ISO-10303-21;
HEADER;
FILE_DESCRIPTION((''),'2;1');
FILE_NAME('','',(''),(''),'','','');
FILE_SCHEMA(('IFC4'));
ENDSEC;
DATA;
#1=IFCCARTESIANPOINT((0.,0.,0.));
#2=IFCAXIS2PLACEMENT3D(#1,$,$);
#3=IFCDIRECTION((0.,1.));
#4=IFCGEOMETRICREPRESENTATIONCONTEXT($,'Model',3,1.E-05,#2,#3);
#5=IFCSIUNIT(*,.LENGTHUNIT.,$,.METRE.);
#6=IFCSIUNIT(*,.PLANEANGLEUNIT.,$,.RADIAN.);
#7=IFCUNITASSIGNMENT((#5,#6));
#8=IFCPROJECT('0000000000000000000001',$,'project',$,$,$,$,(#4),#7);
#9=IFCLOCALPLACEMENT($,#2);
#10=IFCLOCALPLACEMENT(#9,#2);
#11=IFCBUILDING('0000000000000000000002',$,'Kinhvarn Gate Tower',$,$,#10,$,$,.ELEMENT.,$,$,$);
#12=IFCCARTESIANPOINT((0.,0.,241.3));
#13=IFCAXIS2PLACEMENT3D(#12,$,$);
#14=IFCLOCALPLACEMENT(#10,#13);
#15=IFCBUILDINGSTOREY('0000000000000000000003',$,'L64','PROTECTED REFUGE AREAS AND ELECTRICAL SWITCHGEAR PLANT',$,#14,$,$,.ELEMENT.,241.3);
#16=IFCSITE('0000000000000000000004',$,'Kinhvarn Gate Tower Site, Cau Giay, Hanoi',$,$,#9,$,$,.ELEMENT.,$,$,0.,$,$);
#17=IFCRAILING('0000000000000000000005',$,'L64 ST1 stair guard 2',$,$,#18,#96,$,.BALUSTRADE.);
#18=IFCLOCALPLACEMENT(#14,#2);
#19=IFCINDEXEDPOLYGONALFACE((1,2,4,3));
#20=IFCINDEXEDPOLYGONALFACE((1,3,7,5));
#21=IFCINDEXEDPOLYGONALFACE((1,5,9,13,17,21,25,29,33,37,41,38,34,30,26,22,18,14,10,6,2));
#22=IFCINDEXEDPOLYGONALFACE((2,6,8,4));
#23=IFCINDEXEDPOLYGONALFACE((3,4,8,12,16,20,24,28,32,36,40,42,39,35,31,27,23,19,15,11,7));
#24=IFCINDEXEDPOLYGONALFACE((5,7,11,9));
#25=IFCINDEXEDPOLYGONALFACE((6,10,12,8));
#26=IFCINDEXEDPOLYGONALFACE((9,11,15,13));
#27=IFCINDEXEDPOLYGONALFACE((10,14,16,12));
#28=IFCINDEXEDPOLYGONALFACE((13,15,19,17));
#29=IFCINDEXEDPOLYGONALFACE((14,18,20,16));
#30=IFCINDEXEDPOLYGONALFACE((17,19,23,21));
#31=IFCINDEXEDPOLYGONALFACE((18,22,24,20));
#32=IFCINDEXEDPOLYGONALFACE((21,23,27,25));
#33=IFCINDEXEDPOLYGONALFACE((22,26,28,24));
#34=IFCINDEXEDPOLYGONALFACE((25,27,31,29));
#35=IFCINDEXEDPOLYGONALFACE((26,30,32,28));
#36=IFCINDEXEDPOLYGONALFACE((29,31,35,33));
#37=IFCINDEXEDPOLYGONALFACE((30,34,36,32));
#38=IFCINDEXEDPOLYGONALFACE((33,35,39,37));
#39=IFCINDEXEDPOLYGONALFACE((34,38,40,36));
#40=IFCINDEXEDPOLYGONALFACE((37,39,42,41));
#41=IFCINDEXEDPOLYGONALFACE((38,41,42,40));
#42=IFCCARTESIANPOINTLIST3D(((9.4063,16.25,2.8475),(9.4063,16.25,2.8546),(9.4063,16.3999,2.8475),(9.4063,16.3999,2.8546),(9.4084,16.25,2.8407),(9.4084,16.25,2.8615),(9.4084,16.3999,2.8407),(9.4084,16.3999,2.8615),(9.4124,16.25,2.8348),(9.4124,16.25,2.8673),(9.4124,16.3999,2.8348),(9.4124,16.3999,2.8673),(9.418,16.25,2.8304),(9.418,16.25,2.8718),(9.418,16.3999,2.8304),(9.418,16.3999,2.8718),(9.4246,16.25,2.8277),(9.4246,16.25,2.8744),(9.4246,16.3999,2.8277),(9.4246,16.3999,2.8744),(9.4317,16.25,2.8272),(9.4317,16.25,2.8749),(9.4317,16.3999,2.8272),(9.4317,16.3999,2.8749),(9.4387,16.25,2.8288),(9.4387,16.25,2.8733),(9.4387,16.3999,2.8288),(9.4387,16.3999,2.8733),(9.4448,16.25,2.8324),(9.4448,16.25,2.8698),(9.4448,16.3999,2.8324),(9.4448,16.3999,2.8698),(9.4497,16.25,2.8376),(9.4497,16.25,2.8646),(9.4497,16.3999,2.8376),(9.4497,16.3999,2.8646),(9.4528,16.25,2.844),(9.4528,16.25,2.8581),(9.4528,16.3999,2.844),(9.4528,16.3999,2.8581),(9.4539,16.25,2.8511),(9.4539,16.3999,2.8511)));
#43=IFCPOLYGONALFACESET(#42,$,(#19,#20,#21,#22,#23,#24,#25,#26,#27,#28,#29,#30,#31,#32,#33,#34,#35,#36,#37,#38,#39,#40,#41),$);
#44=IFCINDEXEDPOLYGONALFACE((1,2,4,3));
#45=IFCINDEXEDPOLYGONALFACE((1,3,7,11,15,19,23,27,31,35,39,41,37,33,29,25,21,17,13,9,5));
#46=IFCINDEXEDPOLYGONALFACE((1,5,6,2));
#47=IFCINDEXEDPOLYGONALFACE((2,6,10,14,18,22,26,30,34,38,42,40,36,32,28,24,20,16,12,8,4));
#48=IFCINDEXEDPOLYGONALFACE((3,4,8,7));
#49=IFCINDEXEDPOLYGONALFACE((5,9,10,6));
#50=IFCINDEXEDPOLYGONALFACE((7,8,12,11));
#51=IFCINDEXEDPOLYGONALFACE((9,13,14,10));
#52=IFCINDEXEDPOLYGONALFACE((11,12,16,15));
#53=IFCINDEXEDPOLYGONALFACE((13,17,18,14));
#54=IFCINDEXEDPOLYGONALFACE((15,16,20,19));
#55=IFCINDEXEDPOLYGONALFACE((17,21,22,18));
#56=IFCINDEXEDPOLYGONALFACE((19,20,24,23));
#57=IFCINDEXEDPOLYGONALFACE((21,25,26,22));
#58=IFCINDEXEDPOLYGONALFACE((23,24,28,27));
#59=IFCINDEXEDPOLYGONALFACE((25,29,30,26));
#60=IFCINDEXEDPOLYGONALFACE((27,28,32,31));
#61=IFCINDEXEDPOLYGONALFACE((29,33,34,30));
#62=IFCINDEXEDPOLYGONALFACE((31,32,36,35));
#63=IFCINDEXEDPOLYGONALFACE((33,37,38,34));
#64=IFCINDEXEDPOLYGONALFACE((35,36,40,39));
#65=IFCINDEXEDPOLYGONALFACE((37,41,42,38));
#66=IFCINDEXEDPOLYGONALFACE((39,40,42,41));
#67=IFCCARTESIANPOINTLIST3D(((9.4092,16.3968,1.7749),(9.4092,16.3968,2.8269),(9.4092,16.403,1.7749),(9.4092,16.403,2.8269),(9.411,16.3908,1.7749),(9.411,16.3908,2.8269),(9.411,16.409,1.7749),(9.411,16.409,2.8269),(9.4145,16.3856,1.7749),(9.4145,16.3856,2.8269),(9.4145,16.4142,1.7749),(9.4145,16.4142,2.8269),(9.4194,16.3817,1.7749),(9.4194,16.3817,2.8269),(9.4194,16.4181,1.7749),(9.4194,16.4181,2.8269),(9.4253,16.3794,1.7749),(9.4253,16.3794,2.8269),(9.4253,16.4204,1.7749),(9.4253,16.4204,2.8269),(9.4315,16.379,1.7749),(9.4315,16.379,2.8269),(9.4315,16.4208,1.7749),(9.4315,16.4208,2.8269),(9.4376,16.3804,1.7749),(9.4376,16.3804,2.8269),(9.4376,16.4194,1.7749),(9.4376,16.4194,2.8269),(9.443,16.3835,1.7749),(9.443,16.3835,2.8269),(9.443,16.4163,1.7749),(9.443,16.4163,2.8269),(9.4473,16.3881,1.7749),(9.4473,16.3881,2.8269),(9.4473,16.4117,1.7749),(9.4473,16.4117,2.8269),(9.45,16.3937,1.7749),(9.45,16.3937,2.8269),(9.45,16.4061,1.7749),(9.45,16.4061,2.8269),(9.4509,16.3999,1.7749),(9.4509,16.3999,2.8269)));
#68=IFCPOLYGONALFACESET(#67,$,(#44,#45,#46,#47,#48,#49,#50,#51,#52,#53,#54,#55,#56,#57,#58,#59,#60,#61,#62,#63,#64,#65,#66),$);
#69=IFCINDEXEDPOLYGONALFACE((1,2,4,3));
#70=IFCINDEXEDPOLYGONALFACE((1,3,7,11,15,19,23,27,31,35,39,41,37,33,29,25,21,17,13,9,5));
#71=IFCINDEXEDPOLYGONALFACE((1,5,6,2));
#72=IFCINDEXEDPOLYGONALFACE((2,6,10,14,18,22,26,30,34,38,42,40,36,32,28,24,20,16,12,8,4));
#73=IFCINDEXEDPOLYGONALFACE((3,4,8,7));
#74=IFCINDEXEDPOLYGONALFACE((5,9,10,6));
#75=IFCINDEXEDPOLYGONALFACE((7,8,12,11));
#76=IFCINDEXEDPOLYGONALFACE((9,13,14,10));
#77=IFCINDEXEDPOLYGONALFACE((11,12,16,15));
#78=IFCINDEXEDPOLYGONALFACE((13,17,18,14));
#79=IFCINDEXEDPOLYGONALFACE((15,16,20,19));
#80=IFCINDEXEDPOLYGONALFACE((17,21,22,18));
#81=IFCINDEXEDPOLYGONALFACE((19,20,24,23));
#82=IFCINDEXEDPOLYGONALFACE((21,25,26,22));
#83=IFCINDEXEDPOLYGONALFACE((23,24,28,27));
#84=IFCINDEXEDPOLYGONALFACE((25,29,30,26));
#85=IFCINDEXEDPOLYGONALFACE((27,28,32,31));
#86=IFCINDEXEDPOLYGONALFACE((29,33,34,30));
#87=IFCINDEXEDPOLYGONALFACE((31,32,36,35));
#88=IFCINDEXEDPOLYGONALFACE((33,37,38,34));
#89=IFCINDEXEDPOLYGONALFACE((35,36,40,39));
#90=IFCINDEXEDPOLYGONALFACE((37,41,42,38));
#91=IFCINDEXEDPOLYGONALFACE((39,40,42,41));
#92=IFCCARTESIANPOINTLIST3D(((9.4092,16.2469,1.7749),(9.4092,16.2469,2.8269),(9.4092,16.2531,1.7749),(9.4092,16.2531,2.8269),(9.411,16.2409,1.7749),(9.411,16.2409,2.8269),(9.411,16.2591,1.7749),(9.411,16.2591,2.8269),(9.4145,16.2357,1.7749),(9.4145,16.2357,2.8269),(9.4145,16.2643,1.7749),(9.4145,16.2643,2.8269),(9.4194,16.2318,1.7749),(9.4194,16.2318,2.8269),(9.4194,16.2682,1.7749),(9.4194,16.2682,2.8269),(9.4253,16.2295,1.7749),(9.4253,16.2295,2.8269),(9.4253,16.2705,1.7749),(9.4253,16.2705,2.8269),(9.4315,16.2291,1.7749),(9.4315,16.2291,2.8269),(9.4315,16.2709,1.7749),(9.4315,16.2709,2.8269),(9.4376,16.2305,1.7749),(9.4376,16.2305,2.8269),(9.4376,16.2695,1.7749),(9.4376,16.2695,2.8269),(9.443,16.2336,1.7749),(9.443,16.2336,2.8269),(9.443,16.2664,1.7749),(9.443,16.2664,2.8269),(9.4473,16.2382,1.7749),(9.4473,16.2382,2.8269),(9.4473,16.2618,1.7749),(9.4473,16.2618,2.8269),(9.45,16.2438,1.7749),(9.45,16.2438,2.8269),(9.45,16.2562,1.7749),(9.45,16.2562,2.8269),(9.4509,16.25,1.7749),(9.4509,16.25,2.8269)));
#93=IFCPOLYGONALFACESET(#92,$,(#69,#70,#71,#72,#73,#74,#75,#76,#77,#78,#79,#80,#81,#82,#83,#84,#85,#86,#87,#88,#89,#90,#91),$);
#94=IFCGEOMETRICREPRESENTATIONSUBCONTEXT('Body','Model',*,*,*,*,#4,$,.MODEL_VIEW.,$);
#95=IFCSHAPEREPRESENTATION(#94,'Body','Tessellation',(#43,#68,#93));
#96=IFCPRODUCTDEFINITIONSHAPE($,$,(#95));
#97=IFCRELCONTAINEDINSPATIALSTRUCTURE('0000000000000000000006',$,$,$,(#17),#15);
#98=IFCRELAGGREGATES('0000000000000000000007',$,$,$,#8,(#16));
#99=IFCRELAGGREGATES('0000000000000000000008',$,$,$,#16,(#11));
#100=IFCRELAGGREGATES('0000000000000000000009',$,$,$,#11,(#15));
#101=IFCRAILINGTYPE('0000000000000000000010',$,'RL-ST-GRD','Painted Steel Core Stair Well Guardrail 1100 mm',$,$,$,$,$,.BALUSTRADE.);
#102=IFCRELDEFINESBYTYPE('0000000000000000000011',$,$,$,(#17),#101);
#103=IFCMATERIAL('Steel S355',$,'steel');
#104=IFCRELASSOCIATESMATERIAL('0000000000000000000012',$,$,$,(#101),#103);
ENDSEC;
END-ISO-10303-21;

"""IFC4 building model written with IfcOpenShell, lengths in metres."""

from ifc_helpers import new_model, si_unit, direction, frame, origin, origin_2d, place, context, subcontext, project, spatial, circle, extrude, material, type_object, element, save


model = new_model("IFC4")

# Units and contexts
model_context = context("Model", 3, precision=1e-05, world=origin(), true_north=direction((0.0, 1.0)))
body_context = subcontext(model_context, "Body", "Model", "MODEL_VIEW")
ifc_project = project(units=[si_unit("LENGTHUNIT", "METRE"), si_unit("PLANEANGLEUNIT", "RADIAN")], contexts=[model_context])

# Site, building, storey
site_placement = place(None, origin())
site = spatial("IfcSite", under=ifc_project, at=site_placement, Name="Kinhvarn Gate Tower Site, Cau Giay, Hanoi", CompositionType="ELEMENT", RefElevation=0.0)
building_placement = place(site_placement, origin())
building = spatial("IfcBuilding", under=site, at=building_placement, Name="Kinhvarn Gate Tower", CompositionType="ELEMENT")
storey_placement = place(building_placement, frame((0.0, 0.0, 241.3)))
storey = spatial("IfcBuildingStorey", under=building, at=storey_placement, Name="L64", Description="PROTECTED REFUGE AREAS AND ELECTRICAL SWITCHGEAR PLANT", CompositionType="ELEMENT", Elevation=241.3)

# Shared definitions
ifc_material_1 = material(Name="Steel S355", Category="steel")

# Railing
railing_type_1 = type_object("IfcRailingType", Name="RL-ST-GRD", Description="Painted Steel Core Stair Well Guardrail 1100 mm", PredefinedType="BALUSTRADE", material=ifc_material_1)
railing_1_placement = place(storey_placement, frame((9.4299, 16.3999, 1.7749)))
element("IfcRailing", 1, at=railing_1_placement, inside=storey, type_object=railing_type_1, Name="L64 ST1 stair guard 2", PredefinedType="BALUSTRADE", context=body_context, shape_type="SweptSolid", body=[
    extrude(circle(Radius=0.0239, at=origin_2d()), frame((0.0, 0.0, 1.0762), z_axis=(0.0, -1.0, 0.0), x_axis=(1.0, 0.0, 0.0)), (0.0, 0.0, 1.0), 0.1499),
    extrude(circle(Radius=0.021, at=origin_2d()), origin(), (0.0, 0.0, 1.0), 1.052),
    extrude(circle(Radius=0.021, at=origin_2d()), frame((0.0, -0.1499, 0.0)), (0.0, 0.0, 1.0), 1.052),
])

save(model, "model.ifc")
